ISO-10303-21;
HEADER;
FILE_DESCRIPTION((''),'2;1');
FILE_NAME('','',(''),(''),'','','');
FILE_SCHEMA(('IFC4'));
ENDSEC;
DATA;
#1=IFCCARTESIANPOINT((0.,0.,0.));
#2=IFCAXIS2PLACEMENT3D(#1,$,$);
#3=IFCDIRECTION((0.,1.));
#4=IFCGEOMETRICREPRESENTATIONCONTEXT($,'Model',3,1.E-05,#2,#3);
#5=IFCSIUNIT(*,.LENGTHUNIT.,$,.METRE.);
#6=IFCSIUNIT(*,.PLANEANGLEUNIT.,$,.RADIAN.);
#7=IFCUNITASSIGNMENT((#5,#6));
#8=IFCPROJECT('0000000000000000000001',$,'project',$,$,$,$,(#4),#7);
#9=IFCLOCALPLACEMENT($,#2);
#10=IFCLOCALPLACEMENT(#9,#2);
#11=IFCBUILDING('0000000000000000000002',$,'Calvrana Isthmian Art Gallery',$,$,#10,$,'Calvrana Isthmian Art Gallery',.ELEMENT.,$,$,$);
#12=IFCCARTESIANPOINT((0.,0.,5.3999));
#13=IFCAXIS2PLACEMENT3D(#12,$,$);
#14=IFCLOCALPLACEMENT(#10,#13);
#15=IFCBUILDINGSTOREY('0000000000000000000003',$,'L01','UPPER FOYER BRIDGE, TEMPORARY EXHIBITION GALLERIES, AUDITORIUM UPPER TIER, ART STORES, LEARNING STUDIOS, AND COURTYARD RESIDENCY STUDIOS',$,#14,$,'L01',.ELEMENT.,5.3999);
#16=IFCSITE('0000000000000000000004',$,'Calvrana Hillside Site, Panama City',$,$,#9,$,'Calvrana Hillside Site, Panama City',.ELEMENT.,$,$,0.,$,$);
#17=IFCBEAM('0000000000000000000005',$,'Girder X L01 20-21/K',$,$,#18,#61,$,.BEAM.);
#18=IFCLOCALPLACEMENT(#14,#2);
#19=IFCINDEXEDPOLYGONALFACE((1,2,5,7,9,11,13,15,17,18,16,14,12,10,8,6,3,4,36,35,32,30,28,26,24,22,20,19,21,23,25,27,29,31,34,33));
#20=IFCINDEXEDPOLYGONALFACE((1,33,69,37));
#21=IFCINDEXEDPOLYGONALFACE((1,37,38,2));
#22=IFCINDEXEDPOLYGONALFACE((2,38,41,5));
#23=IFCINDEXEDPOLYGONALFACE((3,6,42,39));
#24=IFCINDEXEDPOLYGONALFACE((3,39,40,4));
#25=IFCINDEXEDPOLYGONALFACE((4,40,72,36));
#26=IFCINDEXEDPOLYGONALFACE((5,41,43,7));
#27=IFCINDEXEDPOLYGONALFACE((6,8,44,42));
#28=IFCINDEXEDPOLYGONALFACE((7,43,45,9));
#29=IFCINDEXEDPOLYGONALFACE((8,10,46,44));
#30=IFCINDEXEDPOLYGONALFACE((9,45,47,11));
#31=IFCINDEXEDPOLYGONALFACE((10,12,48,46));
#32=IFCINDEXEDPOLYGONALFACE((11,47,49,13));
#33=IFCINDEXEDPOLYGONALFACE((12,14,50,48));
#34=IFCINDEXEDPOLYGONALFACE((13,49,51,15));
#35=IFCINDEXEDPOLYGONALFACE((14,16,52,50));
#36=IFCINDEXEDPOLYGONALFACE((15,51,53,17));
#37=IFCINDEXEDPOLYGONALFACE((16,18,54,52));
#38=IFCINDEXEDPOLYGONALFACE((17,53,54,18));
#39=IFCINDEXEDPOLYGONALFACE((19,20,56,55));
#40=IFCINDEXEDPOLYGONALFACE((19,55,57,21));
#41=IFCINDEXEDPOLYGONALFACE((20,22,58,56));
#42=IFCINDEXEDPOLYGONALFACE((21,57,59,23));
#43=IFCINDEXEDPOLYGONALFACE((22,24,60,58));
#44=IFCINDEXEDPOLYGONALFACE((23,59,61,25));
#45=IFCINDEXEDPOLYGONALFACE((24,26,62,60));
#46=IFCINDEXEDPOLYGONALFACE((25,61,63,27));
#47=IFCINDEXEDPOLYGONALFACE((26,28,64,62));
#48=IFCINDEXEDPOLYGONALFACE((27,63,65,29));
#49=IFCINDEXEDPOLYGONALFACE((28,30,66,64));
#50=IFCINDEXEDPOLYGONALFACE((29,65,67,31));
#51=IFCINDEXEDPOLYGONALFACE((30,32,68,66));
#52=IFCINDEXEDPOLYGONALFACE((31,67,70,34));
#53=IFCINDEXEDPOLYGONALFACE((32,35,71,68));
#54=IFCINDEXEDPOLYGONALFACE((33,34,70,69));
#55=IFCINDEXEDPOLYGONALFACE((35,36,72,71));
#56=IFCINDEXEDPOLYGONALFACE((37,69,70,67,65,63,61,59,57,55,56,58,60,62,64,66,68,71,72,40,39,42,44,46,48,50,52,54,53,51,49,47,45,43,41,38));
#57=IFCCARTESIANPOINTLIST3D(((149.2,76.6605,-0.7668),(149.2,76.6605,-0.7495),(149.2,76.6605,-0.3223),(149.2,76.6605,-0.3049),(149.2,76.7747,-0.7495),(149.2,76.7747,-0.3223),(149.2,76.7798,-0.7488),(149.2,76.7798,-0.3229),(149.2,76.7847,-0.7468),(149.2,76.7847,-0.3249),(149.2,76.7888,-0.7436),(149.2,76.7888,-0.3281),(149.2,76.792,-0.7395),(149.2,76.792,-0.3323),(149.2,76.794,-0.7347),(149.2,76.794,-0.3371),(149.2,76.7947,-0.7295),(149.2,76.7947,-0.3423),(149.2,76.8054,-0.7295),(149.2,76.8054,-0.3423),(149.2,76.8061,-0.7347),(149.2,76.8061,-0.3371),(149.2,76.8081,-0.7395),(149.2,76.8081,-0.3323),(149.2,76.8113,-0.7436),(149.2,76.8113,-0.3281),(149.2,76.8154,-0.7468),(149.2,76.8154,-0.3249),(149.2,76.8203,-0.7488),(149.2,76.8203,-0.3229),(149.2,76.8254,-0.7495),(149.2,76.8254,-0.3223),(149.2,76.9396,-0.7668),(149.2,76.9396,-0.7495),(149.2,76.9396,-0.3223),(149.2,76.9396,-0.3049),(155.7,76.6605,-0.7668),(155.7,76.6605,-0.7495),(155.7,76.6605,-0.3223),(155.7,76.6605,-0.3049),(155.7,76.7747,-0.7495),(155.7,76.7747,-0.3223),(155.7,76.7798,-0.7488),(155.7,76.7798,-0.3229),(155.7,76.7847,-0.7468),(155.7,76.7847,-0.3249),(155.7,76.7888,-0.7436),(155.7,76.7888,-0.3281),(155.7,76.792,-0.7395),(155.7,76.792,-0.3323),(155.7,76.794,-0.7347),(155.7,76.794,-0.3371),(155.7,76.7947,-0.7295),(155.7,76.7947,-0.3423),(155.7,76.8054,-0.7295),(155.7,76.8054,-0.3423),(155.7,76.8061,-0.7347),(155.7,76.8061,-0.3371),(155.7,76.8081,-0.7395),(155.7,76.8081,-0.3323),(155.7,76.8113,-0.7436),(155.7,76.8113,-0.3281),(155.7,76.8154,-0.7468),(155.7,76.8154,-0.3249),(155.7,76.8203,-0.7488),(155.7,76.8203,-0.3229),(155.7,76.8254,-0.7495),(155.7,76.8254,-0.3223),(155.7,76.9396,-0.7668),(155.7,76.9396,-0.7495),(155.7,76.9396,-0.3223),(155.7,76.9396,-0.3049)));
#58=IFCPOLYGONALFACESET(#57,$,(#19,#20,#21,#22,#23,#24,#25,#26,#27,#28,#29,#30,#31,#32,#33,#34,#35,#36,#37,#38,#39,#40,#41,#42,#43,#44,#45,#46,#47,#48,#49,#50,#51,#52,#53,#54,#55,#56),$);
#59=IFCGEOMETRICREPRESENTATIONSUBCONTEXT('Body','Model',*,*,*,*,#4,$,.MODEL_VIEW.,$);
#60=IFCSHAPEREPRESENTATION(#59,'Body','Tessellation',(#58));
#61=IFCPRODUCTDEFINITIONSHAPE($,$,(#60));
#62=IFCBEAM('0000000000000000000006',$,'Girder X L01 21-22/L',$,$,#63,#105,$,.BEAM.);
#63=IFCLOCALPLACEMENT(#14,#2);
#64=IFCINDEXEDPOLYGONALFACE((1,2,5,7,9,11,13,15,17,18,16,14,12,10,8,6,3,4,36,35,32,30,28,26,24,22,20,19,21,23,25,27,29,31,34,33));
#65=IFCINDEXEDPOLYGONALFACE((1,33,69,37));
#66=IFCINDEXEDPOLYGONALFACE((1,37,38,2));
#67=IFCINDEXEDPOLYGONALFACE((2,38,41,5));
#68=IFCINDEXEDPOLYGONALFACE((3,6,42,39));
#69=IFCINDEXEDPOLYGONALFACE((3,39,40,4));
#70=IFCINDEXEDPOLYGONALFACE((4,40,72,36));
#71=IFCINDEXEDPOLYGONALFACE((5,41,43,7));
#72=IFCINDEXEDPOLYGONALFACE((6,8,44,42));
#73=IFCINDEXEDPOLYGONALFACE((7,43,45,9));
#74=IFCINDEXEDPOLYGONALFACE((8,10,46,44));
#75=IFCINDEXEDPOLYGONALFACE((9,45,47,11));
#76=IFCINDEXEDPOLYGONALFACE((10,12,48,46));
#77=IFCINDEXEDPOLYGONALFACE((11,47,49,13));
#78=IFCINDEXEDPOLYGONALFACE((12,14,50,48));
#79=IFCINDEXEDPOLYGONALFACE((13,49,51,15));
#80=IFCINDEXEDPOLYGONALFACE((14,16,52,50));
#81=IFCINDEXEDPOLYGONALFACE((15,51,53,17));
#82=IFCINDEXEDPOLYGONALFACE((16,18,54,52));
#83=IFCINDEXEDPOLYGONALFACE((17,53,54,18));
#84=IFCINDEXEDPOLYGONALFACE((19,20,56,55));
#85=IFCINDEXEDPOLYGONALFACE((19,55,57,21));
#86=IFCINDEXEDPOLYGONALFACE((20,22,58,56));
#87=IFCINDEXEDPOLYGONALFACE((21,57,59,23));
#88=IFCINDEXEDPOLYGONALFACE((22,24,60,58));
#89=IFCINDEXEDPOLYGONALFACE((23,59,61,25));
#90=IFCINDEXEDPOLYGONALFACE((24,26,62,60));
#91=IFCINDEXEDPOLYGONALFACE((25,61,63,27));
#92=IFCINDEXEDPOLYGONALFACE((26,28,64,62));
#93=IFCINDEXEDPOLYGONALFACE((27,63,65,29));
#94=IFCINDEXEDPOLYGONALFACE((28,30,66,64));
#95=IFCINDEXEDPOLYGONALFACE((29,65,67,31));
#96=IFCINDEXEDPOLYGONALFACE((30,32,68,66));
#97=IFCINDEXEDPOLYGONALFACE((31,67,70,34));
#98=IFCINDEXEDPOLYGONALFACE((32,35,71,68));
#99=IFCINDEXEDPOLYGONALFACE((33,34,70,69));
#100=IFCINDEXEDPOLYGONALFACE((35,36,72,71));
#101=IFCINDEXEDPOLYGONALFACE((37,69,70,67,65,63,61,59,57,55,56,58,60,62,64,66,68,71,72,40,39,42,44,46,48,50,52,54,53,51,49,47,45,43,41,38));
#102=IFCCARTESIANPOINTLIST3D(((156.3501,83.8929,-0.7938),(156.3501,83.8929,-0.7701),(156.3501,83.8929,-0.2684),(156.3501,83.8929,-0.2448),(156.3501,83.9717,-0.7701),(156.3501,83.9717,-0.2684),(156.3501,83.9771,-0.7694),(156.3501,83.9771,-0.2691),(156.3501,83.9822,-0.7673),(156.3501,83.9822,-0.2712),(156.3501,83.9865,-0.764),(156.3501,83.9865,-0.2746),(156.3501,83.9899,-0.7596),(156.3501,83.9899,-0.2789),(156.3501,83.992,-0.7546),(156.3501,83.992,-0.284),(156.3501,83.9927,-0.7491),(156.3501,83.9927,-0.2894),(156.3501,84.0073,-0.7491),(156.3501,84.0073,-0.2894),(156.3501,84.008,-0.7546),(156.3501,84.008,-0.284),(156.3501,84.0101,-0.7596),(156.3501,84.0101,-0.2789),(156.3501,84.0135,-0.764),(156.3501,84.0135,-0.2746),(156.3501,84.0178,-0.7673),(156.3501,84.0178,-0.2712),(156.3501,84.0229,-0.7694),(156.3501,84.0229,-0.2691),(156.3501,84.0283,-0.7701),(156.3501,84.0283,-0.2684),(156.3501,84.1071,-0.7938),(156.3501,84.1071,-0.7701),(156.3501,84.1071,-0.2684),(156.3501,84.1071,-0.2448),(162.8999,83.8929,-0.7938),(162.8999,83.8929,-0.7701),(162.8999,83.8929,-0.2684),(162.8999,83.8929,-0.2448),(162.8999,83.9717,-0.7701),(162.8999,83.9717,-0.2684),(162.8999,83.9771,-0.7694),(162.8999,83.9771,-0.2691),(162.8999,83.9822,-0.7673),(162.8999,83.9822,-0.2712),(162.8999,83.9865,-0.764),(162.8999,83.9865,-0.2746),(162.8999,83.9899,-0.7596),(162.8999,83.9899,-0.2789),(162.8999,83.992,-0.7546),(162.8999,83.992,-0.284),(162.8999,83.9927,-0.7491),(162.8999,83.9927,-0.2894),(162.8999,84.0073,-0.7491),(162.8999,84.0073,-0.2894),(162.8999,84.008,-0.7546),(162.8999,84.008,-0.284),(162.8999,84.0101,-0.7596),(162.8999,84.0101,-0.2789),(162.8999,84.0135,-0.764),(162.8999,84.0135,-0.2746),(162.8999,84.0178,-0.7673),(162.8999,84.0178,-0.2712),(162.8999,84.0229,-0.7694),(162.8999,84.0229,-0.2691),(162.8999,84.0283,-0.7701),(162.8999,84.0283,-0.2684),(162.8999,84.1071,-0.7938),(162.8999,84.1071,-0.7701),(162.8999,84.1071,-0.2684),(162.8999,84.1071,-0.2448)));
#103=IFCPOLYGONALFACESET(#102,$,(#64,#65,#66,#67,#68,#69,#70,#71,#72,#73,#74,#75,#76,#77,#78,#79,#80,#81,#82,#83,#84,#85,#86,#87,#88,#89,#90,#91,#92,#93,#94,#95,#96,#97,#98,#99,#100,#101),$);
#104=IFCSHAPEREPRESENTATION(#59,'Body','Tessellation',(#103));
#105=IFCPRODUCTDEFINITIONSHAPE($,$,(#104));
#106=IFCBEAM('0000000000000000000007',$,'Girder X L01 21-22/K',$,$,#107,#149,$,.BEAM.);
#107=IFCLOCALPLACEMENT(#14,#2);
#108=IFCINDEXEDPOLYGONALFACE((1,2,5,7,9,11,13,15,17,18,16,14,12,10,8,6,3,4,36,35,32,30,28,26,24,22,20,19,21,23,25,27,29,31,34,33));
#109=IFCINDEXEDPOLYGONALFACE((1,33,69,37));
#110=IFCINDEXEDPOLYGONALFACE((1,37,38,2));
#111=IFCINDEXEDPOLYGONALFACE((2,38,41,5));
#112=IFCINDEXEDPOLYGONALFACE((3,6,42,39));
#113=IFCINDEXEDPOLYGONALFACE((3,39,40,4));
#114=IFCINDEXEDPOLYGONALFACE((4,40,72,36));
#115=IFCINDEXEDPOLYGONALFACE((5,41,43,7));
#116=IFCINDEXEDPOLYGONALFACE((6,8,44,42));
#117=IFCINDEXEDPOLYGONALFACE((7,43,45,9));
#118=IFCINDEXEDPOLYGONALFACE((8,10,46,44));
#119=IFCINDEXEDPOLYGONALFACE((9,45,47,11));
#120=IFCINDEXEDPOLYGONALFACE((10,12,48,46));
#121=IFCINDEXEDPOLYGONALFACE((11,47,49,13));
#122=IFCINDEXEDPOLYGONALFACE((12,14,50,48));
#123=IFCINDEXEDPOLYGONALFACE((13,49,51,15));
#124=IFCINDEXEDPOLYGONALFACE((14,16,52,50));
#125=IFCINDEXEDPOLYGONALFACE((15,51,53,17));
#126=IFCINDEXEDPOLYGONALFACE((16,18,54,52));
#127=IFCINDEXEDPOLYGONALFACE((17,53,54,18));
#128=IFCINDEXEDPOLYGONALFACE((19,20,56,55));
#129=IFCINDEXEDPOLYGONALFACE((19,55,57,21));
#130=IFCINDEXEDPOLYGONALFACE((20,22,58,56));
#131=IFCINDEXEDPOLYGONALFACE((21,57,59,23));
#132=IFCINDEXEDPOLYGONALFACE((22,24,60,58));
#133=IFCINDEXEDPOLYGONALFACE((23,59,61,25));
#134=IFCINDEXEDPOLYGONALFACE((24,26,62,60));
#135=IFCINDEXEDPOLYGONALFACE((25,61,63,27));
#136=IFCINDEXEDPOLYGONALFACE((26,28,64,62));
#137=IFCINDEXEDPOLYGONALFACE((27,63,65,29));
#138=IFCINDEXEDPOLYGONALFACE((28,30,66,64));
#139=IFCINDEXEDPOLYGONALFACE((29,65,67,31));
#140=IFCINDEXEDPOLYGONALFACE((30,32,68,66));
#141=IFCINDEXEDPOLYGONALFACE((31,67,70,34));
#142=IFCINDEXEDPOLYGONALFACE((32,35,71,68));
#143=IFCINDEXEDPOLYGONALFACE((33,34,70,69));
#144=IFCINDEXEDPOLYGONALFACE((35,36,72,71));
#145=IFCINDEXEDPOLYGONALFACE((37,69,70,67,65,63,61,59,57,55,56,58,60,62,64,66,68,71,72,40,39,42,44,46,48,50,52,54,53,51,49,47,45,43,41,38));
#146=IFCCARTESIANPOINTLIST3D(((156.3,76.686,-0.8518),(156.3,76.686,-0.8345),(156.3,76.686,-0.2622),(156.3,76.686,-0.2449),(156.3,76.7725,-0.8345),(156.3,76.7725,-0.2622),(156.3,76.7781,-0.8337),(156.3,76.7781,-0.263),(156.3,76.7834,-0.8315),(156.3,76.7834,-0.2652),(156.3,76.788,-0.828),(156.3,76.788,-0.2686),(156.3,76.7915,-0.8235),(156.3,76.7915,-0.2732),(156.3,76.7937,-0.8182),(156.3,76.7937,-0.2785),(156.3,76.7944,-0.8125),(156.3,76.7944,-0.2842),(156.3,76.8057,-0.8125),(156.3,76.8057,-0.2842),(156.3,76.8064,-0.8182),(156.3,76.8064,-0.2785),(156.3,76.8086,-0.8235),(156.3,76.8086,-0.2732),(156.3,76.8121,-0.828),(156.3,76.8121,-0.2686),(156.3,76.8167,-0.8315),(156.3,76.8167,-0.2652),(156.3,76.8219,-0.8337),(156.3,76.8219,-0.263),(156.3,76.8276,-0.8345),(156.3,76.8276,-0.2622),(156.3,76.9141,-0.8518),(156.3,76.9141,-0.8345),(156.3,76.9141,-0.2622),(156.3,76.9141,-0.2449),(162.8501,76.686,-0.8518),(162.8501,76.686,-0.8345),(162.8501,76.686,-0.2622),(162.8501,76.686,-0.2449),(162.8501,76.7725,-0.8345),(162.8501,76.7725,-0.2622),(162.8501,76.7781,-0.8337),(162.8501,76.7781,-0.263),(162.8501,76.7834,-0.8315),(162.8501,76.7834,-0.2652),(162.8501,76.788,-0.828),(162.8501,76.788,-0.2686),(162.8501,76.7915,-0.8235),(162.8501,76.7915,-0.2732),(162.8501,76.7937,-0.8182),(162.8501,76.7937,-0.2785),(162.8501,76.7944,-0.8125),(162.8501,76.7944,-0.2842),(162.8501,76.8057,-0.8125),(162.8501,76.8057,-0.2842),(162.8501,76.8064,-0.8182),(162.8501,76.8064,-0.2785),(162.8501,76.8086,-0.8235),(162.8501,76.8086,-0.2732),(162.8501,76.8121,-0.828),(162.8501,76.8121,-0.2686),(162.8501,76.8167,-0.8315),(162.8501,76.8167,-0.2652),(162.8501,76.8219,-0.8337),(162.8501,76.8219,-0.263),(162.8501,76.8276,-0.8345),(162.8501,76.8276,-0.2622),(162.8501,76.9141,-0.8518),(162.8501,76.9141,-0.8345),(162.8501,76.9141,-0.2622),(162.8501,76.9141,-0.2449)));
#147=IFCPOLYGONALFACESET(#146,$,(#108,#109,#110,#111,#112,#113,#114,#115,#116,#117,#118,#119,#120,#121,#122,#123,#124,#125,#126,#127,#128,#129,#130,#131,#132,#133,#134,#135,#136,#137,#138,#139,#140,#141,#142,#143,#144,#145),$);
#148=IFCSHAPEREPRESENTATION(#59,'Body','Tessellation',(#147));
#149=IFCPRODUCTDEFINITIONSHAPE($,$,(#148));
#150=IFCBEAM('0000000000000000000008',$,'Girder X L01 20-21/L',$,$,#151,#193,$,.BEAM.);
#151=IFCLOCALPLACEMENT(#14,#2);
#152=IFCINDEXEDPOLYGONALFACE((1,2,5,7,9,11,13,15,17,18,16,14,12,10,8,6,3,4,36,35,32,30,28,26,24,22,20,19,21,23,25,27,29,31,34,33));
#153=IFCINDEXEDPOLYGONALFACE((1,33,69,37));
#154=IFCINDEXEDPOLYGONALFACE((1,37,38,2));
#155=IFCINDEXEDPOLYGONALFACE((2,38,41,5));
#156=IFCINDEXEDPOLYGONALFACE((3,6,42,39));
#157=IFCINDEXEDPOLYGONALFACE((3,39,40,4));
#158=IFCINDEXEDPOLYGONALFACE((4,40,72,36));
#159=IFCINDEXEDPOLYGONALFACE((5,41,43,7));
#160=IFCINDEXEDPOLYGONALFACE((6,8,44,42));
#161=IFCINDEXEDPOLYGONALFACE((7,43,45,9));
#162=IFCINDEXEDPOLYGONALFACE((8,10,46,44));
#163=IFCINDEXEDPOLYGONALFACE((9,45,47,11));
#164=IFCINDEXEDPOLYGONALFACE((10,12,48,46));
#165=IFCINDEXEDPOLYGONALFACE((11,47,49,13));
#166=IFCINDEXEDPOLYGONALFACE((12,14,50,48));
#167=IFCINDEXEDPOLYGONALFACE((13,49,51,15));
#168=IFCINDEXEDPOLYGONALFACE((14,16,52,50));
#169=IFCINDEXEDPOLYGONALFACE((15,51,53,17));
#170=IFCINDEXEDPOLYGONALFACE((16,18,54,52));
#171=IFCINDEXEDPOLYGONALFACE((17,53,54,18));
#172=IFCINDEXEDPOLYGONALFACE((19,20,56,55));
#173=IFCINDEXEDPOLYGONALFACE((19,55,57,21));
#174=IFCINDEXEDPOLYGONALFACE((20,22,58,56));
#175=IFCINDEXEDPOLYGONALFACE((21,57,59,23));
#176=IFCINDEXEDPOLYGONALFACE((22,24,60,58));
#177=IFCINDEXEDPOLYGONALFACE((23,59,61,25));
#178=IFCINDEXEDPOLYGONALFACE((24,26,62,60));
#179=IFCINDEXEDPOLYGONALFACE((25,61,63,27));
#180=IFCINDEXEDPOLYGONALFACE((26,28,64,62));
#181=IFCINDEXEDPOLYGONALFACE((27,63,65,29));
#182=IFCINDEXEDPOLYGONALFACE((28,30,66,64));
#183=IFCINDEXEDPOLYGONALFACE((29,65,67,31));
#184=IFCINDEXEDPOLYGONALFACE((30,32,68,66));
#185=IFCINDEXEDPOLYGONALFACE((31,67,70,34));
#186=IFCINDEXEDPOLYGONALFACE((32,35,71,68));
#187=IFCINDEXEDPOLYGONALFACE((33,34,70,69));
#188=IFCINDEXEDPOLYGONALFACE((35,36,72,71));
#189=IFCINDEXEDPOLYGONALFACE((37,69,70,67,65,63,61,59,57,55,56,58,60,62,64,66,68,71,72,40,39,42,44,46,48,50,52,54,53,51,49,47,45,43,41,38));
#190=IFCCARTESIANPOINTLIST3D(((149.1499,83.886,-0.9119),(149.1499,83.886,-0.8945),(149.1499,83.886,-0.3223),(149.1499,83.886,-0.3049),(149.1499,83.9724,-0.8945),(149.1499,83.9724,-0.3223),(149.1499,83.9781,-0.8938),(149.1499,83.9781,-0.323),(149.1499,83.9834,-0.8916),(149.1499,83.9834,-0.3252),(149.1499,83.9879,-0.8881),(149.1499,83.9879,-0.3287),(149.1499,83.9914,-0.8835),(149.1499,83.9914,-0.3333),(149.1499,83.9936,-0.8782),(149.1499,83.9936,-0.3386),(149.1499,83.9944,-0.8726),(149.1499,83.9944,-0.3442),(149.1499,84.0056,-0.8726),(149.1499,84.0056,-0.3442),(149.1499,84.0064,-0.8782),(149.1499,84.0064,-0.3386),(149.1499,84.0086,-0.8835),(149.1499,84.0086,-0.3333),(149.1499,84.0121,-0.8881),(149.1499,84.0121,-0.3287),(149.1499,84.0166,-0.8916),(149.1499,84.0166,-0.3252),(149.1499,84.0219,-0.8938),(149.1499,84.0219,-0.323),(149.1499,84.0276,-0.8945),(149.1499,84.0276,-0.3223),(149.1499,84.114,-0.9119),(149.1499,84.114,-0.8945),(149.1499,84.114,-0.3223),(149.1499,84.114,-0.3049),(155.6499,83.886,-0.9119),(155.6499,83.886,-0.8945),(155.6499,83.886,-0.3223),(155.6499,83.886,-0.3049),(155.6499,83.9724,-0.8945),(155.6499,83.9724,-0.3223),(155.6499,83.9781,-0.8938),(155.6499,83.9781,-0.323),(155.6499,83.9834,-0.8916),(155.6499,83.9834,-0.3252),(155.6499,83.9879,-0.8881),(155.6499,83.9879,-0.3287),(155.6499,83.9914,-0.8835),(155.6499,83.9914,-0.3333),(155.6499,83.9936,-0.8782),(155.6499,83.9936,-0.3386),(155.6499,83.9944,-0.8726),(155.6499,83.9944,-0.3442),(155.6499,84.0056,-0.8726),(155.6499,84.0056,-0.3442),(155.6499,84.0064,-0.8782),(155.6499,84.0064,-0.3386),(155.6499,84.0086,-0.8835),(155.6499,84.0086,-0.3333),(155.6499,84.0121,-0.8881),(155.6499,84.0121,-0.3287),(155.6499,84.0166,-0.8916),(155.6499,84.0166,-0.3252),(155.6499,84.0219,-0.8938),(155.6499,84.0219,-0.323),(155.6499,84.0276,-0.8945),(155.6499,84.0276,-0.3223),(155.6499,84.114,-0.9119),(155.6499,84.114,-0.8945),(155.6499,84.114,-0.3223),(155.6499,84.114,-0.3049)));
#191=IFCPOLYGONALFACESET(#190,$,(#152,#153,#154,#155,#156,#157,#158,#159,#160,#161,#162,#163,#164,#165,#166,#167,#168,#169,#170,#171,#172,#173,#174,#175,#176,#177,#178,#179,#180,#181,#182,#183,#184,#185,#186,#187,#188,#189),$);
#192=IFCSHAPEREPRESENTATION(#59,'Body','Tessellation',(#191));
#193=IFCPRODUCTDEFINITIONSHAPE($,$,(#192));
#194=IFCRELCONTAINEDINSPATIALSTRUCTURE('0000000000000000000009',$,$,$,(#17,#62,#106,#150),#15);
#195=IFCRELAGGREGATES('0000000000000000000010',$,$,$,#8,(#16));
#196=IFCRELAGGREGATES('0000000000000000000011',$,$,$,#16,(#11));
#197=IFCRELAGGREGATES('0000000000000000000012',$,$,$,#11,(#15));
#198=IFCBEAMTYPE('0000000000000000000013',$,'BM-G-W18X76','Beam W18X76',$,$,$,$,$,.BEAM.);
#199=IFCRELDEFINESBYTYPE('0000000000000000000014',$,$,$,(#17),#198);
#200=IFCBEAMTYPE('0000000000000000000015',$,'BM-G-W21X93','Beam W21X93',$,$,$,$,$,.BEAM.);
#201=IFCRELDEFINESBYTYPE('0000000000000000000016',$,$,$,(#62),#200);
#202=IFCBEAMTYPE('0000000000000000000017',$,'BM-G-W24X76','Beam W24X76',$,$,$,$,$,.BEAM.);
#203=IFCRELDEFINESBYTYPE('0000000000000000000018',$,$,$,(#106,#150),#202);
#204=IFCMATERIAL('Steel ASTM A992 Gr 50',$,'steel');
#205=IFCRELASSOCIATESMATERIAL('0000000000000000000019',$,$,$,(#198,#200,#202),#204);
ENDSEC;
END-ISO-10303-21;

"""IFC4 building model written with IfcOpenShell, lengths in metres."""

from ifc_helpers import new_model, si_unit, direction, frame, origin, origin_2d, place, context, subcontext, project, spatial, i_section, extrude, material, material_profile, profile_set, type_object, element, save


model = new_model("IFC4")

# Units and contexts
model_context = context("Model", 3, precision=1e-05, world=origin(), true_north=direction((0.0, 1.0)))
body_context = subcontext(model_context, "Body", "Model", "MODEL_VIEW")
ifc_project = project(units=[si_unit("LENGTHUNIT", "METRE"), si_unit("PLANEANGLEUNIT", "RADIAN")], contexts=[model_context])

# Site, building, storey
site_placement = place(None, origin())
site = spatial("IfcSite", under=ifc_project, at=site_placement, Name="Calvrana Hillside Site, Panama City", LongName="Calvrana Hillside Site, Panama City", CompositionType="ELEMENT", RefElevation=0.0)
building_placement = place(site_placement, origin())
building = spatial("IfcBuilding", under=site, at=building_placement, Name="Calvrana Isthmian Art Gallery", LongName="Calvrana Isthmian Art Gallery", CompositionType="ELEMENT")
storey_placement = place(building_placement, frame((0.0, 0.0, 5.3999)))
storey = spatial("IfcBuildingStorey", under=building, at=storey_placement, Name="L01", Description="UPPER FOYER BRIDGE, TEMPORARY EXHIBITION GALLERIES, AUDITORIUM UPPER TIER, ART STORES, LEARNING STUDIOS, AND COURTYARD RESIDENCY STUDIOS", LongName="L01", CompositionType="ELEMENT", Elevation=5.3999)

# Beams
ifc_material_1 = material(Name="Steel ASTM A992 Gr 50", Category="steel")
ifc_material_profile_1 = material_profile(ifc_material_1, i_section(OverallWidth=0.2791, OverallDepth=0.4619, WebThickness=0.0107, FlangeThickness=0.0173, FilletRadius=0.02, at=origin_2d()), Name="W18X76")
ifc_profile_set_1 = profile_set([ifc_material_profile_1], Name="Steel ASTM A992 Gr 50")
beam_type_1 = type_object("IfcBeamType", Name="BM-G-W18X76", Description="Beam W18X76", PredefinedType="BEAM", material=ifc_profile_set_1)
beam_1_placement = place(storey_placement, frame((149.2, 76.8, -0.5359), z_axis=(1.0, 0.0, 0.0), x_axis=(0.0, 1.0, 0.0)))
element("IfcBeam", 1, at=beam_1_placement, inside=storey, type_object=beam_type_1, Name="Girder X L01 20-21/K", PredefinedType="BEAM", context=body_context, shape_type="SweptSolid", body=[
    extrude(i_section(OverallWidth=0.2791, OverallDepth=0.4619, WebThickness=0.0107, FlangeThickness=0.0173, FilletRadius=0.02, at=origin_2d()), origin(), (0.0, 0.0, 1.0), 6.5),
])
ifc_material_profile_2 = material_profile(ifc_material_1, i_section(OverallWidth=0.2141, OverallDepth=0.5491, WebThickness=0.0146, FlangeThickness=0.0237, FilletRadius=0.021, at=origin_2d()), Name="W21X93")
ifc_profile_set_2 = profile_set([ifc_material_profile_2], Name="Steel ASTM A992 Gr 50")
beam_type_2 = type_object("IfcBeamType", Name="BM-G-W21X93", Description="Beam W21X93", PredefinedType="BEAM", material=ifc_profile_set_2)
beam_2_placement = place(storey_placement, frame((156.3501, 84.0, -0.5193), z_axis=(1.0, 0.0, 0.0), x_axis=(0.0, 1.0, 0.0)))
element("IfcBeam", 2, at=beam_2_placement, inside=storey, type_object=beam_type_2, Name="Girder X L01 21-22/L", PredefinedType="BEAM", context=body_context, shape_type="SweptSolid", body=[
    extrude(i_section(OverallWidth=0.2141, OverallDepth=0.5491, WebThickness=0.0146, FlangeThickness=0.0237, FilletRadius=0.021, at=origin_2d()), origin(), (0.0, 0.0, 1.0), 6.5498),
])
ifc_material_profile_3 = material_profile(ifc_material_1, i_section(OverallWidth=0.228, OverallDepth=0.6069, WebThickness=0.0112, FlangeThickness=0.0173, FilletRadius=0.022, at=origin_2d()), Name="W24X76")
ifc_profile_set_3 = profile_set([ifc_material_profile_3], Name="Steel ASTM A992 Gr 50")
beam_type_3 = type_object("IfcBeamType", Name="BM-G-W24X76", Description="Beam W24X76", PredefinedType="BEAM", material=ifc_profile_set_3)
beam_3_placement = place(storey_placement, frame((156.3, 76.8, -0.5483), z_axis=(1.0, 0.0, 0.0), x_axis=(0.0, 1.0, 0.0)))
element("IfcBeam", 3, at=beam_3_placement, inside=storey, type_object=beam_type_3, Name="Girder X L01 21-22/K", PredefinedType="BEAM", context=body_context, shape_type="SweptSolid", body=[
    extrude(i_section(OverallWidth=0.228, OverallDepth=0.6069, WebThickness=0.0112, FlangeThickness=0.0173, FilletRadius=0.022, at=origin_2d()), origin(), (0.0, 0.0, 1.0), 6.55),
])
beam_4_placement = place(storey_placement, frame((149.1499, 84.0, -0.6084), z_axis=(1.0, 0.0, 0.0), x_axis=(0.0, 1.0, 0.0)))
element("IfcBeam", 4, at=beam_4_placement, inside=storey, type_object=beam_type_3, Name="Girder X L01 20-21/L", PredefinedType="BEAM", context=body_context, shape_type="SweptSolid", body=[
    extrude(i_section(OverallWidth=0.228, OverallDepth=0.6069, WebThickness=0.0112, FlangeThickness=0.0173, FilletRadius=0.022, at=origin_2d()), origin(), (0.0, 0.0, 1.0), 6.5),
])

save(model, "model.ifc")
